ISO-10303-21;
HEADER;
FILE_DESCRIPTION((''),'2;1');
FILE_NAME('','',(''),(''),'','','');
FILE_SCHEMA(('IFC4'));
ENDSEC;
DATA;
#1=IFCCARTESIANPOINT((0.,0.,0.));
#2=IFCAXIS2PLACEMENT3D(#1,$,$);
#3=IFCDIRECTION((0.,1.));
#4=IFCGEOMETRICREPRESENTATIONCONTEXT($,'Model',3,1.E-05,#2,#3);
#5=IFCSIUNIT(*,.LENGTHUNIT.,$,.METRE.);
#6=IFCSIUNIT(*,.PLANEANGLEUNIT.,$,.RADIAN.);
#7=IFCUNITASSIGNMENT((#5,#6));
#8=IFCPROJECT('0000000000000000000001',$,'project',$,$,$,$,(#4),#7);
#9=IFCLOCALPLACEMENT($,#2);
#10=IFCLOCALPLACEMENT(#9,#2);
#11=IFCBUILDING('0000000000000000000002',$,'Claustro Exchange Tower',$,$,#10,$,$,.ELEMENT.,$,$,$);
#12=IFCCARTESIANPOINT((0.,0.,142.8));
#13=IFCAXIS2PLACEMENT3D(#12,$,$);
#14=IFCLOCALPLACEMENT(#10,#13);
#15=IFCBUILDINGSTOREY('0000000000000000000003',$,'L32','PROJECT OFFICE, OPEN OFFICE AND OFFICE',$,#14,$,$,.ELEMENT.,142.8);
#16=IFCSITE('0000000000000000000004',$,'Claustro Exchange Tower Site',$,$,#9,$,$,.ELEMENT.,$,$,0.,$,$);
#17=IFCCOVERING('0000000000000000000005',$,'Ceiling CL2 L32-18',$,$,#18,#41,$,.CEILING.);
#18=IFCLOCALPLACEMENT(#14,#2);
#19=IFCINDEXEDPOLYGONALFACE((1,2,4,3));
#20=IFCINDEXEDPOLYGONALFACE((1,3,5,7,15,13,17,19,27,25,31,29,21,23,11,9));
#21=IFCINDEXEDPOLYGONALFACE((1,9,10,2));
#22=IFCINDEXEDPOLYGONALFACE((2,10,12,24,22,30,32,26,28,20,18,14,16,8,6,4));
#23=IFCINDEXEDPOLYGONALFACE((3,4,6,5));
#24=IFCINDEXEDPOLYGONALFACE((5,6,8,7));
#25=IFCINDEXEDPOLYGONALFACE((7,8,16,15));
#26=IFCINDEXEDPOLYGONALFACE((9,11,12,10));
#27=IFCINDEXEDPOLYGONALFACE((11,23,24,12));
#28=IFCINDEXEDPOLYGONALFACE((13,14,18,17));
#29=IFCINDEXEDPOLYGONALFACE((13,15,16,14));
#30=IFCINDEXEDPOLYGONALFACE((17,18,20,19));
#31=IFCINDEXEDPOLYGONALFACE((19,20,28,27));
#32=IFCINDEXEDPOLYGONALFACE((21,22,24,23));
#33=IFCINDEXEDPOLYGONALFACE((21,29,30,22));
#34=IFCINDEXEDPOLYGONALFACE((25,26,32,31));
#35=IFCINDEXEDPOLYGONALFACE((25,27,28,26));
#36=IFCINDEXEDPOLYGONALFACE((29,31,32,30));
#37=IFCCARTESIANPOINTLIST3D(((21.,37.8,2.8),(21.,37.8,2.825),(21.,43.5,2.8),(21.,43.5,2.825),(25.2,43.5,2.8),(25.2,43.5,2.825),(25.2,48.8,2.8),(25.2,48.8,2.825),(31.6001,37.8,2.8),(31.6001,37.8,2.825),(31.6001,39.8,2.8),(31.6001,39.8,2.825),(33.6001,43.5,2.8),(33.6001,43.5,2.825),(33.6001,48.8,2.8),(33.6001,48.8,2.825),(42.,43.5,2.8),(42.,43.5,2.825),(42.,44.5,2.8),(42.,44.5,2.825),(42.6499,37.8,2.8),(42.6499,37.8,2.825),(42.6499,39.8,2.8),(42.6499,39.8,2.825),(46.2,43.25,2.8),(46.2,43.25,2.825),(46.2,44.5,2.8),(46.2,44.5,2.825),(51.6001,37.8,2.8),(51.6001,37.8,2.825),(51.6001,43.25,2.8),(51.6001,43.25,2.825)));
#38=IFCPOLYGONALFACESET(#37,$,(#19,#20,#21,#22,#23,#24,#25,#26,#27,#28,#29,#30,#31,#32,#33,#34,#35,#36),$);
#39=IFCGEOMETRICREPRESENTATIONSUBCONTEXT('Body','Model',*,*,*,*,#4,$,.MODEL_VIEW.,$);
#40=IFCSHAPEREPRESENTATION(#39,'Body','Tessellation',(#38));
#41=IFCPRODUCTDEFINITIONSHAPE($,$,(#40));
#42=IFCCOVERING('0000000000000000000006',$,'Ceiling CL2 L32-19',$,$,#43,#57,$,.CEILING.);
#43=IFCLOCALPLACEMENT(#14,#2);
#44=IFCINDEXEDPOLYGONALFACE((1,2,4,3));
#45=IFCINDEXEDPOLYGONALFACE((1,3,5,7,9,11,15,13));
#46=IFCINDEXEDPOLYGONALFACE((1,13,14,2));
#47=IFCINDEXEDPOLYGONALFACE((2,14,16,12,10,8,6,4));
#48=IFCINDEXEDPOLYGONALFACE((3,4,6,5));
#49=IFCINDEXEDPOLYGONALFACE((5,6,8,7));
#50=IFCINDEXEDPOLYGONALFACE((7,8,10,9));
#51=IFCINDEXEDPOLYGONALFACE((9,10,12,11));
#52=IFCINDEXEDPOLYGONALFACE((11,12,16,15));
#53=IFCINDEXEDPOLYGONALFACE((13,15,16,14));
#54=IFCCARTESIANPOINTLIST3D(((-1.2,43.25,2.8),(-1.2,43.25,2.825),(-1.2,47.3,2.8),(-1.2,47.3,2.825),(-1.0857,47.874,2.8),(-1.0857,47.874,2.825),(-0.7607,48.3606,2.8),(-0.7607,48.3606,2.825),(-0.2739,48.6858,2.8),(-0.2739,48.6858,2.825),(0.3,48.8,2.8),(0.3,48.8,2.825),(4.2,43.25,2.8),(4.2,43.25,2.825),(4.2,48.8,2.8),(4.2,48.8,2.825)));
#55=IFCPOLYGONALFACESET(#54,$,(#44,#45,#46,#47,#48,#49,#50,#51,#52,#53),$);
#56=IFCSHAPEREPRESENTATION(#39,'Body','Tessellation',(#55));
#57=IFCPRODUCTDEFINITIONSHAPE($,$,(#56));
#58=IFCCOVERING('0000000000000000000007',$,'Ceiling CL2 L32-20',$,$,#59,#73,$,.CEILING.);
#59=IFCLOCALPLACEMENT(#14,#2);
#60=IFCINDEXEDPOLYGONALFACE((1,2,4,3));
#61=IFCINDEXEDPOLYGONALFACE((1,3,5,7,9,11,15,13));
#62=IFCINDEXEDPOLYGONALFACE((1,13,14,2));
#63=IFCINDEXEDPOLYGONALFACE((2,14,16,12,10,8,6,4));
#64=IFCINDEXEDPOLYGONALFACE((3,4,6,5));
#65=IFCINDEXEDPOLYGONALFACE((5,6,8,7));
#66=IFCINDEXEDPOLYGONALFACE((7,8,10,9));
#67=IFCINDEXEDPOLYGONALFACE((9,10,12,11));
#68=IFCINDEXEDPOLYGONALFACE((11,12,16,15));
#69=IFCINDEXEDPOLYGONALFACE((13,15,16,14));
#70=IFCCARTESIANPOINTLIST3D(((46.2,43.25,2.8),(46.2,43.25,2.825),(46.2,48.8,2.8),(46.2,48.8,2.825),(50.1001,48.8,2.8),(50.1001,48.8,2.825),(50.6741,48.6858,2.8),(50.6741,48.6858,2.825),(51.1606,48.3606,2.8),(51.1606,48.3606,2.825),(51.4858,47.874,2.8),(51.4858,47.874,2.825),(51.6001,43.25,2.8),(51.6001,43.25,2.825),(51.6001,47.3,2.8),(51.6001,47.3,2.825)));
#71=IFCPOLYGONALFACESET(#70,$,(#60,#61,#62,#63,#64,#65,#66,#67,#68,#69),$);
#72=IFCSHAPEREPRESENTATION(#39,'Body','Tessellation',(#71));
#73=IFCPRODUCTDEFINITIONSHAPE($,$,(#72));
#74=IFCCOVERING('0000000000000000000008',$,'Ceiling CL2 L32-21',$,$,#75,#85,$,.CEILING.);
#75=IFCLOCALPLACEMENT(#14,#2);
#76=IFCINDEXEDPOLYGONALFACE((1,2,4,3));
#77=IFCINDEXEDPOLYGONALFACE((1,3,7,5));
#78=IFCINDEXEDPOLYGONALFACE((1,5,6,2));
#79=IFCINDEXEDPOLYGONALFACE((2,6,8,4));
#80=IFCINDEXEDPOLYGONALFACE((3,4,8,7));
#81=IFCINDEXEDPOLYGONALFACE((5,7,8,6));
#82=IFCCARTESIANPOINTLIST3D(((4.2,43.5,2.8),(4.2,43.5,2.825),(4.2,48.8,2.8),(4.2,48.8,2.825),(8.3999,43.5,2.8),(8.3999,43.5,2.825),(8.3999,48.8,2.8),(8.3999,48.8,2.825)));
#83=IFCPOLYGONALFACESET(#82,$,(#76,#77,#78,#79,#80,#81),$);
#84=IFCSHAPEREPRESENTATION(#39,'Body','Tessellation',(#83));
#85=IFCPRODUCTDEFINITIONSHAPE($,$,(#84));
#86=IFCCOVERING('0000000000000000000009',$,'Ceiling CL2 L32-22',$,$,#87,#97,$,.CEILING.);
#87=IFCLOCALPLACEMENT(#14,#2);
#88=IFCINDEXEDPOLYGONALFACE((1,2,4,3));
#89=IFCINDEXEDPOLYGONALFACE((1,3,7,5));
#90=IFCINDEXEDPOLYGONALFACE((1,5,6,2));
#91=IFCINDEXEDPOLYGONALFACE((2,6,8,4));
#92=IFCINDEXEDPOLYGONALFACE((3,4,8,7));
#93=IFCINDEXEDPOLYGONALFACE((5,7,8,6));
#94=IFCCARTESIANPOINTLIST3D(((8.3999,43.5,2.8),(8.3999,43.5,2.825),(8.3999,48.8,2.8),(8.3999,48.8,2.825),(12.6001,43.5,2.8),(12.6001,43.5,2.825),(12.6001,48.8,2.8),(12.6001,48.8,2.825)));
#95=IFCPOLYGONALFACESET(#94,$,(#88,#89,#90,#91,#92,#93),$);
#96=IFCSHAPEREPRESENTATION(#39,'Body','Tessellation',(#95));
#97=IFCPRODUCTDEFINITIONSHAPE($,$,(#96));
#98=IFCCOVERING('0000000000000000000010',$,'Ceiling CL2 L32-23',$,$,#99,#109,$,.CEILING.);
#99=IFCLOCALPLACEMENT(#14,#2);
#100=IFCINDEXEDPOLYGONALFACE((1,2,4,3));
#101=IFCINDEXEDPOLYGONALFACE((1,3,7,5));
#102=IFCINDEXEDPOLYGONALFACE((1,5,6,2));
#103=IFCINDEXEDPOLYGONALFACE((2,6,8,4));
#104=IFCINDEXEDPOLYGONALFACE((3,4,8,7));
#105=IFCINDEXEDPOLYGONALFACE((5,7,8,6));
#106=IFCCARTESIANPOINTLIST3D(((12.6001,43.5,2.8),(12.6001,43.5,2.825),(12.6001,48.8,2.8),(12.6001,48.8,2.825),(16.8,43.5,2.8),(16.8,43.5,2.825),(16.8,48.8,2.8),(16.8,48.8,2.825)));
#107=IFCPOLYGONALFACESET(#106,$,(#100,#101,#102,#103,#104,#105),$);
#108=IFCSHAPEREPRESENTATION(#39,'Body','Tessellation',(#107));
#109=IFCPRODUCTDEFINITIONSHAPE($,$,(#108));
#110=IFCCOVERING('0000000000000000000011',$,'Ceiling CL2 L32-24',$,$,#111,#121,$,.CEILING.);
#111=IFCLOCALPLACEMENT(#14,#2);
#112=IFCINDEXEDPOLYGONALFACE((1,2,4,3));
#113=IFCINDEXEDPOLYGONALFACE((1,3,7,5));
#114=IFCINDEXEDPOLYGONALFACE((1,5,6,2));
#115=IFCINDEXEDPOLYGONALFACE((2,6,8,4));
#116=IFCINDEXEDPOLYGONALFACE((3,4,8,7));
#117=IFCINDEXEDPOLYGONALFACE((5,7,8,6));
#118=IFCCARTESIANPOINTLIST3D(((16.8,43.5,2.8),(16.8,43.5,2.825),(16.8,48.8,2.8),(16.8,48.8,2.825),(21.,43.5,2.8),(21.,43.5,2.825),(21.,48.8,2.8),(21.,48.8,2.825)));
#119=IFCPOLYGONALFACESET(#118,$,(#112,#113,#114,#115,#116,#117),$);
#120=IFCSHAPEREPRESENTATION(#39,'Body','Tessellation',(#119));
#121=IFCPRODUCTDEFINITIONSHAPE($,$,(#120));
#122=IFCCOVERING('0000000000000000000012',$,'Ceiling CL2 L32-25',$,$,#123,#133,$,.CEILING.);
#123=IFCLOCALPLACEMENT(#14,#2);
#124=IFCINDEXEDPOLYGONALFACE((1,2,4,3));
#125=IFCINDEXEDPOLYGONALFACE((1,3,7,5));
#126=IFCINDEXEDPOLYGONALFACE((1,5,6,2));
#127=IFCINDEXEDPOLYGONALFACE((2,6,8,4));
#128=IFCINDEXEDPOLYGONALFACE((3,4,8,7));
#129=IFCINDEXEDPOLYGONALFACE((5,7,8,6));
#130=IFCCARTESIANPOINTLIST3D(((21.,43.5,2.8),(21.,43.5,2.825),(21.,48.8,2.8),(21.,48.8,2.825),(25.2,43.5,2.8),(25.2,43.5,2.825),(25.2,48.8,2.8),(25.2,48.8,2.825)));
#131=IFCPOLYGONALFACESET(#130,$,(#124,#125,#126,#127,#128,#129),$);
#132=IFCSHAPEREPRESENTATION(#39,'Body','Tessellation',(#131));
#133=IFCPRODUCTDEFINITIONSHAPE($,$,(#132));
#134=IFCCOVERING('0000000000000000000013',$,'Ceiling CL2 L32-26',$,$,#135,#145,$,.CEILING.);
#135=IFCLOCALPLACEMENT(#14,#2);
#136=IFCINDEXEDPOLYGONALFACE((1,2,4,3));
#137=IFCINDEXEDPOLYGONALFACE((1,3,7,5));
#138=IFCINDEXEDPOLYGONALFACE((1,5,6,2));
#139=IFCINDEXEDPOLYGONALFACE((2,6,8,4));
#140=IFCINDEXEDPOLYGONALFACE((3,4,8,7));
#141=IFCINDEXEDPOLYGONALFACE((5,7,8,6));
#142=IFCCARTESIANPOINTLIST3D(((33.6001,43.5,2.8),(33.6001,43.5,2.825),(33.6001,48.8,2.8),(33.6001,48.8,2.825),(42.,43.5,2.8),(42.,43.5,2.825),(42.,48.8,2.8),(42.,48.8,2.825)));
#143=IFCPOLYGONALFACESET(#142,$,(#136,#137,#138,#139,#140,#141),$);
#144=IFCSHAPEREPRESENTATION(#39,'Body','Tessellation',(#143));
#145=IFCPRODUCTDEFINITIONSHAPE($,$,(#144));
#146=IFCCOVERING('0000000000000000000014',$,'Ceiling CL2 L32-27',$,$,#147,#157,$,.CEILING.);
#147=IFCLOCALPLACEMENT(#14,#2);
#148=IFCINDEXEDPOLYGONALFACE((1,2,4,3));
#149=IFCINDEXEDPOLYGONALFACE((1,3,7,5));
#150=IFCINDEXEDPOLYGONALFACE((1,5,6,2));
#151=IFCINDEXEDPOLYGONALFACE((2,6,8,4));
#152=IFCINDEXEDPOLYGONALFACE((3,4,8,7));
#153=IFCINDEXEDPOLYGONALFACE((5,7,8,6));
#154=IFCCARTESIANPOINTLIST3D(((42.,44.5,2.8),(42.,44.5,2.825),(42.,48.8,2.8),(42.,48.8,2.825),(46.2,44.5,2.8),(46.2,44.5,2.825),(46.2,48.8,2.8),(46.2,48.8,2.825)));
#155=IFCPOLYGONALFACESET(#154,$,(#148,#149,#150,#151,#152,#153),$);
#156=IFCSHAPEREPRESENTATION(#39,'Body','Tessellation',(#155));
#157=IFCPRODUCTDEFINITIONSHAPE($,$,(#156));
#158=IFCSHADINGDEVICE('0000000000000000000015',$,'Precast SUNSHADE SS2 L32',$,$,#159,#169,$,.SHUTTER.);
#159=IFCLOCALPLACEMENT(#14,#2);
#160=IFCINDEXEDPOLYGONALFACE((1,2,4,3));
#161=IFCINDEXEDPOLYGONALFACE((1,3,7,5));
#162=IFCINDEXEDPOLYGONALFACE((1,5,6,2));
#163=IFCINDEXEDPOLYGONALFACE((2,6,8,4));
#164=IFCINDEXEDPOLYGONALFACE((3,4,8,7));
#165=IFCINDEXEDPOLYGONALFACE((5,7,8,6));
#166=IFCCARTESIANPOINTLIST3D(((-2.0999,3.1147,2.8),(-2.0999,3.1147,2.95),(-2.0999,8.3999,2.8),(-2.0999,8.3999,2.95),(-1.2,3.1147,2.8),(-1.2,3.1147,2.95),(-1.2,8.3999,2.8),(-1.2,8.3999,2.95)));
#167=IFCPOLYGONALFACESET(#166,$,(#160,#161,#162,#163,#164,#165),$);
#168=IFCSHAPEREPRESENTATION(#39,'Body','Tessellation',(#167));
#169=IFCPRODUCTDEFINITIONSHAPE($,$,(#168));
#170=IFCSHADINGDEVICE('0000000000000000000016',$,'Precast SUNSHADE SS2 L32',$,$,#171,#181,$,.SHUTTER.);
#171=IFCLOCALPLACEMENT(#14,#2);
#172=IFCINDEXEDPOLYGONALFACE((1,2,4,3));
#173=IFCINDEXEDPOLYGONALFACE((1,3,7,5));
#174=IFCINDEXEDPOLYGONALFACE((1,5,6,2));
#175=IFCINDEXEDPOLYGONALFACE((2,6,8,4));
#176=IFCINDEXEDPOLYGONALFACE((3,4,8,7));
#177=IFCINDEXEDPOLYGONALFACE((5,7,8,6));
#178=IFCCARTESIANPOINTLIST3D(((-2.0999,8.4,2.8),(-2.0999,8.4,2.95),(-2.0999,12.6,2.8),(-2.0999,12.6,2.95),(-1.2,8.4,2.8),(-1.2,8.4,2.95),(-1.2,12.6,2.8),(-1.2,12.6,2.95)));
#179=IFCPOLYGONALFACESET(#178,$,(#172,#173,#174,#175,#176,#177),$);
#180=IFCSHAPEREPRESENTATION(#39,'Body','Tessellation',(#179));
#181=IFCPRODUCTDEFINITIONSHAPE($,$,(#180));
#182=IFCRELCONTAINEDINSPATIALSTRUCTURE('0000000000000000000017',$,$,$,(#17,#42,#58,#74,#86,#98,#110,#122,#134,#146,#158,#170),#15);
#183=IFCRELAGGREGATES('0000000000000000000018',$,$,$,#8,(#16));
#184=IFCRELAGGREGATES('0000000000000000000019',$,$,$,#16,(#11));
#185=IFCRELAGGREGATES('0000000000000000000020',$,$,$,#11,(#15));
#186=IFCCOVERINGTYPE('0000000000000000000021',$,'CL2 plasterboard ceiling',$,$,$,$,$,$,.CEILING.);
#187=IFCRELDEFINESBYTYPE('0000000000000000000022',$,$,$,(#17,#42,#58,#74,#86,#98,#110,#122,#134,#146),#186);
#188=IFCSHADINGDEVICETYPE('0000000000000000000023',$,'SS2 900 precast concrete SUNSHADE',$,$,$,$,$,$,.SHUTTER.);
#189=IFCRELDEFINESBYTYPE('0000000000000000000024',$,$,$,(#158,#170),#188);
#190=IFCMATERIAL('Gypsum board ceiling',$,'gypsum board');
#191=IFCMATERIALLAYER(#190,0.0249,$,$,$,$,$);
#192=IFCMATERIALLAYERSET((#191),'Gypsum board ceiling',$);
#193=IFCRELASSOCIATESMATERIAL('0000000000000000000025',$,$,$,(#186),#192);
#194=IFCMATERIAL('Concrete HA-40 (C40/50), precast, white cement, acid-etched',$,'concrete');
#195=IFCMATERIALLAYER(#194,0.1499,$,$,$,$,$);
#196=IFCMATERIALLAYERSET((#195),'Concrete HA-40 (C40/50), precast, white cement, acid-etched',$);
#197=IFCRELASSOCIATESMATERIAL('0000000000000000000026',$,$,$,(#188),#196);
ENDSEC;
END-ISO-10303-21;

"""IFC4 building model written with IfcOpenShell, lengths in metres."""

from ifc_helpers import new_model, si_unit, direction, frame, origin, origin_2d, place, context, subcontext, project, spatial, polyline, rectangle, outline, extrude, material, layer, layer_set, type_object, element, save


model = new_model("IFC4")

# Units and contexts
model_context = context("Model", 3, precision=1e-05, world=origin(), true_north=direction((0.0, 1.0)))
body_context = subcontext(model_context, "Body", "Model", "MODEL_VIEW")
ifc_project = project(units=[si_unit("LENGTHUNIT", "METRE"), si_unit("PLANEANGLEUNIT", "RADIAN")], contexts=[model_context])

# Site, building, storey
site_placement = place(None, origin())
site = spatial("IfcSite", under=ifc_project, at=site_placement, Name="Claustro Exchange Tower Site", CompositionType="ELEMENT", RefElevation=0.0)
building_placement = place(site_placement, origin())
building = spatial("IfcBuilding", under=site, at=building_placement, Name="Claustro Exchange Tower", CompositionType="ELEMENT")
storey_placement = place(building_placement, frame((0.0, 0.0, 142.8)))
storey = spatial("IfcBuildingStorey", under=building, at=storey_placement, Name="L32", Description="PROJECT OFFICE, OPEN OFFICE AND OFFICE", CompositionType="ELEMENT", Elevation=142.8)

# Coverings
ifc_material_1 = material(Name="Gypsum board ceiling", Category="gypsum board")
ifc_layer_1 = layer(ifc_material_1, 0.0249)
ifc_layer_set_1 = layer_set([ifc_layer_1], Name="Gypsum board ceiling")
covering_type = type_object("IfcCoveringType", Name="CL2 plasterboard ceiling", PredefinedType="CEILING", material=ifc_layer_set_1)
covering_1_placement = place(storey_placement, frame((0.0, 0.0, 2.8)))
element("IfcCovering", 1, at=covering_1_placement, inside=storey, type_object=covering_type, Name="Ceiling CL2 L32-18", PredefinedType="CEILING", context=body_context, shape_type="SweptSolid", body=[
    extrude(outline(polyline([(33.6001, 48.8), (25.2, 48.8), (25.2, 43.5), (21.0, 43.5), (21.0, 37.8), (31.6001, 37.8), (31.6001, 39.8), (42.6499, 39.8), (42.6499, 37.8), (51.6001, 37.8), (51.6001, 43.25), (46.2, 43.25), (46.2, 44.5), (42.0, 44.5), (42.0, 43.5), (33.6001, 43.5), (33.6001, 48.8)])), origin(), (0.0, 0.0, 1.0), 0.0249),
])
covering_2_placement = place(storey_placement, frame((0.0, 0.0, 2.8)))
element("IfcCovering", 2, at=covering_2_placement, inside=storey, type_object=covering_type, Name="Ceiling CL2 L32-19", PredefinedType="CEILING", context=body_context, shape_type="SweptSolid", body=[
    extrude(outline(polyline([(-1.2, 47.3), (-1.2, 43.25), (4.2, 43.25), (4.2, 48.8), (0.3, 48.8), (-0.2739, 48.6858), (-0.7607, 48.3606), (-1.0857, 47.874), (-1.2, 47.3)])), origin(), (0.0, 0.0, 1.0), 0.0249),
])
covering_3_placement = place(storey_placement, frame((0.0, 0.0, 2.8)))
element("IfcCovering", 3, at=covering_3_placement, inside=storey, type_object=covering_type, Name="Ceiling CL2 L32-20", PredefinedType="CEILING", context=body_context, shape_type="SweptSolid", body=[
    extrude(outline(polyline([(50.1001, 48.8), (46.2, 48.8), (46.2, 43.25), (51.6001, 43.25), (51.6001, 47.3), (51.4858, 47.874), (51.1606, 48.3606), (50.6741, 48.6858), (50.1001, 48.8)])), origin(), (0.0, 0.0, 1.0), 0.0249),
])
covering_4_placement = place(storey_placement, frame((0.0, 0.0, 2.8)))
element("IfcCovering", 4, at=covering_4_placement, inside=storey, type_object=covering_type, Name="Ceiling CL2 L32-21", PredefinedType="CEILING", context=body_context, shape_type="SweptSolid", body=[
    extrude(outline(polyline([(8.3999, 48.8), (4.2, 48.8), (4.2, 43.5), (8.3999, 43.5), (8.3999, 48.8)])), origin(), (0.0, 0.0, 1.0), 0.0249),
])
covering_5_placement = place(storey_placement, frame((0.0, 0.0, 2.8)))
element("IfcCovering", 5, at=covering_5_placement, inside=storey, type_object=covering_type, Name="Ceiling CL2 L32-22", PredefinedType="CEILING", context=body_context, shape_type="SweptSolid", body=[
    extrude(outline(polyline([(12.6001, 48.8), (8.3999, 48.8), (8.3999, 43.5), (12.6001, 43.5), (12.6001, 48.8)])), origin(), (0.0, 0.0, 1.0), 0.0249),
])
covering_6_placement = place(storey_placement, frame((0.0, 0.0, 2.8)))
element("IfcCovering", 6, at=covering_6_placement, inside=storey, type_object=covering_type, Name="Ceiling CL2 L32-23", PredefinedType="CEILING", context=body_context, shape_type="SweptSolid", body=[
    extrude(outline(polyline([(16.8, 48.8), (12.6001, 48.8), (12.6001, 43.5), (16.8, 43.5), (16.8, 48.8)])), origin(), (0.0, 0.0, 1.0), 0.0249),
])
covering_7_placement = place(storey_placement, frame((0.0, 0.0, 2.8)))
element("IfcCovering", 7, at=covering_7_placement, inside=storey, type_object=covering_type, Name="Ceiling CL2 L32-24", PredefinedType="CEILING", context=body_context, shape_type="SweptSolid", body=[
    extrude(outline(polyline([(21.0, 48.8), (16.8, 48.8), (16.8, 43.5), (21.0, 43.5), (21.0, 48.8)])), origin(), (0.0, 0.0, 1.0), 0.0249),
])
covering_8_placement = place(storey_placement, frame((0.0, 0.0, 2.8)))
element("IfcCovering", 8, at=covering_8_placement, inside=storey, type_object=covering_type, Name="Ceiling CL2 L32-25", PredefinedType="CEILING", context=body_context, shape_type="SweptSolid", body=[
    extrude(outline(polyline([(25.2, 48.8), (21.0, 48.8), (21.0, 43.5), (25.2, 43.5), (25.2, 48.8)])), origin(), (0.0, 0.0, 1.0), 0.0249),
])
covering_9_placement = place(storey_placement, frame((0.0, 0.0, 2.8)))
element("IfcCovering", 9, at=covering_9_placement, inside=storey, type_object=covering_type, Name="Ceiling CL2 L32-26", PredefinedType="CEILING", context=body_context, shape_type="SweptSolid", body=[
    extrude(outline(polyline([(42.0, 48.8), (33.6001, 48.8), (33.6001, 43.5), (42.0, 43.5), (42.0, 48.8)])), origin(), (0.0, 0.0, 1.0), 0.0249),
])
covering_10_placement = place(storey_placement, frame((0.0, 0.0, 2.8)))
element("IfcCovering", 10, at=covering_10_placement, inside=storey, type_object=covering_type, Name="Ceiling CL2 L32-27", PredefinedType="CEILING", context=body_context, shape_type="SweptSolid", body=[
    extrude(outline(polyline([(46.2, 48.8), (42.0, 48.8), (42.0, 44.5), (46.2, 44.5), (46.2, 48.8)])), origin(), (0.0, 0.0, 1.0), 0.0249),
])

# Shading devices
ifc_material_2 = material(Name="Concrete HA-40 (C40/50), precast, white cement, acid-etched", Category="concrete")
ifc_layer_2 = layer(ifc_material_2, 0.1499)
ifc_layer_set_2 = layer_set([ifc_layer_2], Name="Concrete HA-40 (C40/50), precast, white cement, acid-etched")
shading_device_type = type_object("IfcShadingDeviceType", Name="SS2 900 precast concrete SUNSHADE", PredefinedType="SHUTTER", material=ifc_layer_set_2)
shading_device_1_placement = place(storey_placement, frame((-1.6499, 5.7573, 2.8), z_axis=(0.0, 0.0, 1.0), x_axis=(0.0, 1.0, 0.0)))
element("IfcShadingDevice", 11, at=shading_device_1_placement, inside=storey, type_object=shading_device_type, Name="Precast SUNSHADE SS2 L32", PredefinedType="SHUTTER", context=body_context, shape_type="SweptSolid", body=[
    extrude(rectangle(XDim=5.2852, YDim=0.8999, at=origin_2d()), origin(), (0.0, 0.0, 1.0), 0.1499),
])
shading_device_2_placement = place(storey_placement, frame((-1.6499, 10.5, 2.8), z_axis=(0.0, 0.0, 1.0), x_axis=(0.0, 1.0, 0.0)))
element("IfcShadingDevice", 12, at=shading_device_2_placement, inside=storey, type_object=shading_device_type, Name="Precast SUNSHADE SS2 L32", PredefinedType="SHUTTER", context=body_context, shape_type="SweptSolid", body=[
    extrude(rectangle(XDim=4.2, YDim=0.8999, at=origin_2d()), origin(), (0.0, 0.0, 1.0), 0.1499),
])

save(model, "model.ifc")
